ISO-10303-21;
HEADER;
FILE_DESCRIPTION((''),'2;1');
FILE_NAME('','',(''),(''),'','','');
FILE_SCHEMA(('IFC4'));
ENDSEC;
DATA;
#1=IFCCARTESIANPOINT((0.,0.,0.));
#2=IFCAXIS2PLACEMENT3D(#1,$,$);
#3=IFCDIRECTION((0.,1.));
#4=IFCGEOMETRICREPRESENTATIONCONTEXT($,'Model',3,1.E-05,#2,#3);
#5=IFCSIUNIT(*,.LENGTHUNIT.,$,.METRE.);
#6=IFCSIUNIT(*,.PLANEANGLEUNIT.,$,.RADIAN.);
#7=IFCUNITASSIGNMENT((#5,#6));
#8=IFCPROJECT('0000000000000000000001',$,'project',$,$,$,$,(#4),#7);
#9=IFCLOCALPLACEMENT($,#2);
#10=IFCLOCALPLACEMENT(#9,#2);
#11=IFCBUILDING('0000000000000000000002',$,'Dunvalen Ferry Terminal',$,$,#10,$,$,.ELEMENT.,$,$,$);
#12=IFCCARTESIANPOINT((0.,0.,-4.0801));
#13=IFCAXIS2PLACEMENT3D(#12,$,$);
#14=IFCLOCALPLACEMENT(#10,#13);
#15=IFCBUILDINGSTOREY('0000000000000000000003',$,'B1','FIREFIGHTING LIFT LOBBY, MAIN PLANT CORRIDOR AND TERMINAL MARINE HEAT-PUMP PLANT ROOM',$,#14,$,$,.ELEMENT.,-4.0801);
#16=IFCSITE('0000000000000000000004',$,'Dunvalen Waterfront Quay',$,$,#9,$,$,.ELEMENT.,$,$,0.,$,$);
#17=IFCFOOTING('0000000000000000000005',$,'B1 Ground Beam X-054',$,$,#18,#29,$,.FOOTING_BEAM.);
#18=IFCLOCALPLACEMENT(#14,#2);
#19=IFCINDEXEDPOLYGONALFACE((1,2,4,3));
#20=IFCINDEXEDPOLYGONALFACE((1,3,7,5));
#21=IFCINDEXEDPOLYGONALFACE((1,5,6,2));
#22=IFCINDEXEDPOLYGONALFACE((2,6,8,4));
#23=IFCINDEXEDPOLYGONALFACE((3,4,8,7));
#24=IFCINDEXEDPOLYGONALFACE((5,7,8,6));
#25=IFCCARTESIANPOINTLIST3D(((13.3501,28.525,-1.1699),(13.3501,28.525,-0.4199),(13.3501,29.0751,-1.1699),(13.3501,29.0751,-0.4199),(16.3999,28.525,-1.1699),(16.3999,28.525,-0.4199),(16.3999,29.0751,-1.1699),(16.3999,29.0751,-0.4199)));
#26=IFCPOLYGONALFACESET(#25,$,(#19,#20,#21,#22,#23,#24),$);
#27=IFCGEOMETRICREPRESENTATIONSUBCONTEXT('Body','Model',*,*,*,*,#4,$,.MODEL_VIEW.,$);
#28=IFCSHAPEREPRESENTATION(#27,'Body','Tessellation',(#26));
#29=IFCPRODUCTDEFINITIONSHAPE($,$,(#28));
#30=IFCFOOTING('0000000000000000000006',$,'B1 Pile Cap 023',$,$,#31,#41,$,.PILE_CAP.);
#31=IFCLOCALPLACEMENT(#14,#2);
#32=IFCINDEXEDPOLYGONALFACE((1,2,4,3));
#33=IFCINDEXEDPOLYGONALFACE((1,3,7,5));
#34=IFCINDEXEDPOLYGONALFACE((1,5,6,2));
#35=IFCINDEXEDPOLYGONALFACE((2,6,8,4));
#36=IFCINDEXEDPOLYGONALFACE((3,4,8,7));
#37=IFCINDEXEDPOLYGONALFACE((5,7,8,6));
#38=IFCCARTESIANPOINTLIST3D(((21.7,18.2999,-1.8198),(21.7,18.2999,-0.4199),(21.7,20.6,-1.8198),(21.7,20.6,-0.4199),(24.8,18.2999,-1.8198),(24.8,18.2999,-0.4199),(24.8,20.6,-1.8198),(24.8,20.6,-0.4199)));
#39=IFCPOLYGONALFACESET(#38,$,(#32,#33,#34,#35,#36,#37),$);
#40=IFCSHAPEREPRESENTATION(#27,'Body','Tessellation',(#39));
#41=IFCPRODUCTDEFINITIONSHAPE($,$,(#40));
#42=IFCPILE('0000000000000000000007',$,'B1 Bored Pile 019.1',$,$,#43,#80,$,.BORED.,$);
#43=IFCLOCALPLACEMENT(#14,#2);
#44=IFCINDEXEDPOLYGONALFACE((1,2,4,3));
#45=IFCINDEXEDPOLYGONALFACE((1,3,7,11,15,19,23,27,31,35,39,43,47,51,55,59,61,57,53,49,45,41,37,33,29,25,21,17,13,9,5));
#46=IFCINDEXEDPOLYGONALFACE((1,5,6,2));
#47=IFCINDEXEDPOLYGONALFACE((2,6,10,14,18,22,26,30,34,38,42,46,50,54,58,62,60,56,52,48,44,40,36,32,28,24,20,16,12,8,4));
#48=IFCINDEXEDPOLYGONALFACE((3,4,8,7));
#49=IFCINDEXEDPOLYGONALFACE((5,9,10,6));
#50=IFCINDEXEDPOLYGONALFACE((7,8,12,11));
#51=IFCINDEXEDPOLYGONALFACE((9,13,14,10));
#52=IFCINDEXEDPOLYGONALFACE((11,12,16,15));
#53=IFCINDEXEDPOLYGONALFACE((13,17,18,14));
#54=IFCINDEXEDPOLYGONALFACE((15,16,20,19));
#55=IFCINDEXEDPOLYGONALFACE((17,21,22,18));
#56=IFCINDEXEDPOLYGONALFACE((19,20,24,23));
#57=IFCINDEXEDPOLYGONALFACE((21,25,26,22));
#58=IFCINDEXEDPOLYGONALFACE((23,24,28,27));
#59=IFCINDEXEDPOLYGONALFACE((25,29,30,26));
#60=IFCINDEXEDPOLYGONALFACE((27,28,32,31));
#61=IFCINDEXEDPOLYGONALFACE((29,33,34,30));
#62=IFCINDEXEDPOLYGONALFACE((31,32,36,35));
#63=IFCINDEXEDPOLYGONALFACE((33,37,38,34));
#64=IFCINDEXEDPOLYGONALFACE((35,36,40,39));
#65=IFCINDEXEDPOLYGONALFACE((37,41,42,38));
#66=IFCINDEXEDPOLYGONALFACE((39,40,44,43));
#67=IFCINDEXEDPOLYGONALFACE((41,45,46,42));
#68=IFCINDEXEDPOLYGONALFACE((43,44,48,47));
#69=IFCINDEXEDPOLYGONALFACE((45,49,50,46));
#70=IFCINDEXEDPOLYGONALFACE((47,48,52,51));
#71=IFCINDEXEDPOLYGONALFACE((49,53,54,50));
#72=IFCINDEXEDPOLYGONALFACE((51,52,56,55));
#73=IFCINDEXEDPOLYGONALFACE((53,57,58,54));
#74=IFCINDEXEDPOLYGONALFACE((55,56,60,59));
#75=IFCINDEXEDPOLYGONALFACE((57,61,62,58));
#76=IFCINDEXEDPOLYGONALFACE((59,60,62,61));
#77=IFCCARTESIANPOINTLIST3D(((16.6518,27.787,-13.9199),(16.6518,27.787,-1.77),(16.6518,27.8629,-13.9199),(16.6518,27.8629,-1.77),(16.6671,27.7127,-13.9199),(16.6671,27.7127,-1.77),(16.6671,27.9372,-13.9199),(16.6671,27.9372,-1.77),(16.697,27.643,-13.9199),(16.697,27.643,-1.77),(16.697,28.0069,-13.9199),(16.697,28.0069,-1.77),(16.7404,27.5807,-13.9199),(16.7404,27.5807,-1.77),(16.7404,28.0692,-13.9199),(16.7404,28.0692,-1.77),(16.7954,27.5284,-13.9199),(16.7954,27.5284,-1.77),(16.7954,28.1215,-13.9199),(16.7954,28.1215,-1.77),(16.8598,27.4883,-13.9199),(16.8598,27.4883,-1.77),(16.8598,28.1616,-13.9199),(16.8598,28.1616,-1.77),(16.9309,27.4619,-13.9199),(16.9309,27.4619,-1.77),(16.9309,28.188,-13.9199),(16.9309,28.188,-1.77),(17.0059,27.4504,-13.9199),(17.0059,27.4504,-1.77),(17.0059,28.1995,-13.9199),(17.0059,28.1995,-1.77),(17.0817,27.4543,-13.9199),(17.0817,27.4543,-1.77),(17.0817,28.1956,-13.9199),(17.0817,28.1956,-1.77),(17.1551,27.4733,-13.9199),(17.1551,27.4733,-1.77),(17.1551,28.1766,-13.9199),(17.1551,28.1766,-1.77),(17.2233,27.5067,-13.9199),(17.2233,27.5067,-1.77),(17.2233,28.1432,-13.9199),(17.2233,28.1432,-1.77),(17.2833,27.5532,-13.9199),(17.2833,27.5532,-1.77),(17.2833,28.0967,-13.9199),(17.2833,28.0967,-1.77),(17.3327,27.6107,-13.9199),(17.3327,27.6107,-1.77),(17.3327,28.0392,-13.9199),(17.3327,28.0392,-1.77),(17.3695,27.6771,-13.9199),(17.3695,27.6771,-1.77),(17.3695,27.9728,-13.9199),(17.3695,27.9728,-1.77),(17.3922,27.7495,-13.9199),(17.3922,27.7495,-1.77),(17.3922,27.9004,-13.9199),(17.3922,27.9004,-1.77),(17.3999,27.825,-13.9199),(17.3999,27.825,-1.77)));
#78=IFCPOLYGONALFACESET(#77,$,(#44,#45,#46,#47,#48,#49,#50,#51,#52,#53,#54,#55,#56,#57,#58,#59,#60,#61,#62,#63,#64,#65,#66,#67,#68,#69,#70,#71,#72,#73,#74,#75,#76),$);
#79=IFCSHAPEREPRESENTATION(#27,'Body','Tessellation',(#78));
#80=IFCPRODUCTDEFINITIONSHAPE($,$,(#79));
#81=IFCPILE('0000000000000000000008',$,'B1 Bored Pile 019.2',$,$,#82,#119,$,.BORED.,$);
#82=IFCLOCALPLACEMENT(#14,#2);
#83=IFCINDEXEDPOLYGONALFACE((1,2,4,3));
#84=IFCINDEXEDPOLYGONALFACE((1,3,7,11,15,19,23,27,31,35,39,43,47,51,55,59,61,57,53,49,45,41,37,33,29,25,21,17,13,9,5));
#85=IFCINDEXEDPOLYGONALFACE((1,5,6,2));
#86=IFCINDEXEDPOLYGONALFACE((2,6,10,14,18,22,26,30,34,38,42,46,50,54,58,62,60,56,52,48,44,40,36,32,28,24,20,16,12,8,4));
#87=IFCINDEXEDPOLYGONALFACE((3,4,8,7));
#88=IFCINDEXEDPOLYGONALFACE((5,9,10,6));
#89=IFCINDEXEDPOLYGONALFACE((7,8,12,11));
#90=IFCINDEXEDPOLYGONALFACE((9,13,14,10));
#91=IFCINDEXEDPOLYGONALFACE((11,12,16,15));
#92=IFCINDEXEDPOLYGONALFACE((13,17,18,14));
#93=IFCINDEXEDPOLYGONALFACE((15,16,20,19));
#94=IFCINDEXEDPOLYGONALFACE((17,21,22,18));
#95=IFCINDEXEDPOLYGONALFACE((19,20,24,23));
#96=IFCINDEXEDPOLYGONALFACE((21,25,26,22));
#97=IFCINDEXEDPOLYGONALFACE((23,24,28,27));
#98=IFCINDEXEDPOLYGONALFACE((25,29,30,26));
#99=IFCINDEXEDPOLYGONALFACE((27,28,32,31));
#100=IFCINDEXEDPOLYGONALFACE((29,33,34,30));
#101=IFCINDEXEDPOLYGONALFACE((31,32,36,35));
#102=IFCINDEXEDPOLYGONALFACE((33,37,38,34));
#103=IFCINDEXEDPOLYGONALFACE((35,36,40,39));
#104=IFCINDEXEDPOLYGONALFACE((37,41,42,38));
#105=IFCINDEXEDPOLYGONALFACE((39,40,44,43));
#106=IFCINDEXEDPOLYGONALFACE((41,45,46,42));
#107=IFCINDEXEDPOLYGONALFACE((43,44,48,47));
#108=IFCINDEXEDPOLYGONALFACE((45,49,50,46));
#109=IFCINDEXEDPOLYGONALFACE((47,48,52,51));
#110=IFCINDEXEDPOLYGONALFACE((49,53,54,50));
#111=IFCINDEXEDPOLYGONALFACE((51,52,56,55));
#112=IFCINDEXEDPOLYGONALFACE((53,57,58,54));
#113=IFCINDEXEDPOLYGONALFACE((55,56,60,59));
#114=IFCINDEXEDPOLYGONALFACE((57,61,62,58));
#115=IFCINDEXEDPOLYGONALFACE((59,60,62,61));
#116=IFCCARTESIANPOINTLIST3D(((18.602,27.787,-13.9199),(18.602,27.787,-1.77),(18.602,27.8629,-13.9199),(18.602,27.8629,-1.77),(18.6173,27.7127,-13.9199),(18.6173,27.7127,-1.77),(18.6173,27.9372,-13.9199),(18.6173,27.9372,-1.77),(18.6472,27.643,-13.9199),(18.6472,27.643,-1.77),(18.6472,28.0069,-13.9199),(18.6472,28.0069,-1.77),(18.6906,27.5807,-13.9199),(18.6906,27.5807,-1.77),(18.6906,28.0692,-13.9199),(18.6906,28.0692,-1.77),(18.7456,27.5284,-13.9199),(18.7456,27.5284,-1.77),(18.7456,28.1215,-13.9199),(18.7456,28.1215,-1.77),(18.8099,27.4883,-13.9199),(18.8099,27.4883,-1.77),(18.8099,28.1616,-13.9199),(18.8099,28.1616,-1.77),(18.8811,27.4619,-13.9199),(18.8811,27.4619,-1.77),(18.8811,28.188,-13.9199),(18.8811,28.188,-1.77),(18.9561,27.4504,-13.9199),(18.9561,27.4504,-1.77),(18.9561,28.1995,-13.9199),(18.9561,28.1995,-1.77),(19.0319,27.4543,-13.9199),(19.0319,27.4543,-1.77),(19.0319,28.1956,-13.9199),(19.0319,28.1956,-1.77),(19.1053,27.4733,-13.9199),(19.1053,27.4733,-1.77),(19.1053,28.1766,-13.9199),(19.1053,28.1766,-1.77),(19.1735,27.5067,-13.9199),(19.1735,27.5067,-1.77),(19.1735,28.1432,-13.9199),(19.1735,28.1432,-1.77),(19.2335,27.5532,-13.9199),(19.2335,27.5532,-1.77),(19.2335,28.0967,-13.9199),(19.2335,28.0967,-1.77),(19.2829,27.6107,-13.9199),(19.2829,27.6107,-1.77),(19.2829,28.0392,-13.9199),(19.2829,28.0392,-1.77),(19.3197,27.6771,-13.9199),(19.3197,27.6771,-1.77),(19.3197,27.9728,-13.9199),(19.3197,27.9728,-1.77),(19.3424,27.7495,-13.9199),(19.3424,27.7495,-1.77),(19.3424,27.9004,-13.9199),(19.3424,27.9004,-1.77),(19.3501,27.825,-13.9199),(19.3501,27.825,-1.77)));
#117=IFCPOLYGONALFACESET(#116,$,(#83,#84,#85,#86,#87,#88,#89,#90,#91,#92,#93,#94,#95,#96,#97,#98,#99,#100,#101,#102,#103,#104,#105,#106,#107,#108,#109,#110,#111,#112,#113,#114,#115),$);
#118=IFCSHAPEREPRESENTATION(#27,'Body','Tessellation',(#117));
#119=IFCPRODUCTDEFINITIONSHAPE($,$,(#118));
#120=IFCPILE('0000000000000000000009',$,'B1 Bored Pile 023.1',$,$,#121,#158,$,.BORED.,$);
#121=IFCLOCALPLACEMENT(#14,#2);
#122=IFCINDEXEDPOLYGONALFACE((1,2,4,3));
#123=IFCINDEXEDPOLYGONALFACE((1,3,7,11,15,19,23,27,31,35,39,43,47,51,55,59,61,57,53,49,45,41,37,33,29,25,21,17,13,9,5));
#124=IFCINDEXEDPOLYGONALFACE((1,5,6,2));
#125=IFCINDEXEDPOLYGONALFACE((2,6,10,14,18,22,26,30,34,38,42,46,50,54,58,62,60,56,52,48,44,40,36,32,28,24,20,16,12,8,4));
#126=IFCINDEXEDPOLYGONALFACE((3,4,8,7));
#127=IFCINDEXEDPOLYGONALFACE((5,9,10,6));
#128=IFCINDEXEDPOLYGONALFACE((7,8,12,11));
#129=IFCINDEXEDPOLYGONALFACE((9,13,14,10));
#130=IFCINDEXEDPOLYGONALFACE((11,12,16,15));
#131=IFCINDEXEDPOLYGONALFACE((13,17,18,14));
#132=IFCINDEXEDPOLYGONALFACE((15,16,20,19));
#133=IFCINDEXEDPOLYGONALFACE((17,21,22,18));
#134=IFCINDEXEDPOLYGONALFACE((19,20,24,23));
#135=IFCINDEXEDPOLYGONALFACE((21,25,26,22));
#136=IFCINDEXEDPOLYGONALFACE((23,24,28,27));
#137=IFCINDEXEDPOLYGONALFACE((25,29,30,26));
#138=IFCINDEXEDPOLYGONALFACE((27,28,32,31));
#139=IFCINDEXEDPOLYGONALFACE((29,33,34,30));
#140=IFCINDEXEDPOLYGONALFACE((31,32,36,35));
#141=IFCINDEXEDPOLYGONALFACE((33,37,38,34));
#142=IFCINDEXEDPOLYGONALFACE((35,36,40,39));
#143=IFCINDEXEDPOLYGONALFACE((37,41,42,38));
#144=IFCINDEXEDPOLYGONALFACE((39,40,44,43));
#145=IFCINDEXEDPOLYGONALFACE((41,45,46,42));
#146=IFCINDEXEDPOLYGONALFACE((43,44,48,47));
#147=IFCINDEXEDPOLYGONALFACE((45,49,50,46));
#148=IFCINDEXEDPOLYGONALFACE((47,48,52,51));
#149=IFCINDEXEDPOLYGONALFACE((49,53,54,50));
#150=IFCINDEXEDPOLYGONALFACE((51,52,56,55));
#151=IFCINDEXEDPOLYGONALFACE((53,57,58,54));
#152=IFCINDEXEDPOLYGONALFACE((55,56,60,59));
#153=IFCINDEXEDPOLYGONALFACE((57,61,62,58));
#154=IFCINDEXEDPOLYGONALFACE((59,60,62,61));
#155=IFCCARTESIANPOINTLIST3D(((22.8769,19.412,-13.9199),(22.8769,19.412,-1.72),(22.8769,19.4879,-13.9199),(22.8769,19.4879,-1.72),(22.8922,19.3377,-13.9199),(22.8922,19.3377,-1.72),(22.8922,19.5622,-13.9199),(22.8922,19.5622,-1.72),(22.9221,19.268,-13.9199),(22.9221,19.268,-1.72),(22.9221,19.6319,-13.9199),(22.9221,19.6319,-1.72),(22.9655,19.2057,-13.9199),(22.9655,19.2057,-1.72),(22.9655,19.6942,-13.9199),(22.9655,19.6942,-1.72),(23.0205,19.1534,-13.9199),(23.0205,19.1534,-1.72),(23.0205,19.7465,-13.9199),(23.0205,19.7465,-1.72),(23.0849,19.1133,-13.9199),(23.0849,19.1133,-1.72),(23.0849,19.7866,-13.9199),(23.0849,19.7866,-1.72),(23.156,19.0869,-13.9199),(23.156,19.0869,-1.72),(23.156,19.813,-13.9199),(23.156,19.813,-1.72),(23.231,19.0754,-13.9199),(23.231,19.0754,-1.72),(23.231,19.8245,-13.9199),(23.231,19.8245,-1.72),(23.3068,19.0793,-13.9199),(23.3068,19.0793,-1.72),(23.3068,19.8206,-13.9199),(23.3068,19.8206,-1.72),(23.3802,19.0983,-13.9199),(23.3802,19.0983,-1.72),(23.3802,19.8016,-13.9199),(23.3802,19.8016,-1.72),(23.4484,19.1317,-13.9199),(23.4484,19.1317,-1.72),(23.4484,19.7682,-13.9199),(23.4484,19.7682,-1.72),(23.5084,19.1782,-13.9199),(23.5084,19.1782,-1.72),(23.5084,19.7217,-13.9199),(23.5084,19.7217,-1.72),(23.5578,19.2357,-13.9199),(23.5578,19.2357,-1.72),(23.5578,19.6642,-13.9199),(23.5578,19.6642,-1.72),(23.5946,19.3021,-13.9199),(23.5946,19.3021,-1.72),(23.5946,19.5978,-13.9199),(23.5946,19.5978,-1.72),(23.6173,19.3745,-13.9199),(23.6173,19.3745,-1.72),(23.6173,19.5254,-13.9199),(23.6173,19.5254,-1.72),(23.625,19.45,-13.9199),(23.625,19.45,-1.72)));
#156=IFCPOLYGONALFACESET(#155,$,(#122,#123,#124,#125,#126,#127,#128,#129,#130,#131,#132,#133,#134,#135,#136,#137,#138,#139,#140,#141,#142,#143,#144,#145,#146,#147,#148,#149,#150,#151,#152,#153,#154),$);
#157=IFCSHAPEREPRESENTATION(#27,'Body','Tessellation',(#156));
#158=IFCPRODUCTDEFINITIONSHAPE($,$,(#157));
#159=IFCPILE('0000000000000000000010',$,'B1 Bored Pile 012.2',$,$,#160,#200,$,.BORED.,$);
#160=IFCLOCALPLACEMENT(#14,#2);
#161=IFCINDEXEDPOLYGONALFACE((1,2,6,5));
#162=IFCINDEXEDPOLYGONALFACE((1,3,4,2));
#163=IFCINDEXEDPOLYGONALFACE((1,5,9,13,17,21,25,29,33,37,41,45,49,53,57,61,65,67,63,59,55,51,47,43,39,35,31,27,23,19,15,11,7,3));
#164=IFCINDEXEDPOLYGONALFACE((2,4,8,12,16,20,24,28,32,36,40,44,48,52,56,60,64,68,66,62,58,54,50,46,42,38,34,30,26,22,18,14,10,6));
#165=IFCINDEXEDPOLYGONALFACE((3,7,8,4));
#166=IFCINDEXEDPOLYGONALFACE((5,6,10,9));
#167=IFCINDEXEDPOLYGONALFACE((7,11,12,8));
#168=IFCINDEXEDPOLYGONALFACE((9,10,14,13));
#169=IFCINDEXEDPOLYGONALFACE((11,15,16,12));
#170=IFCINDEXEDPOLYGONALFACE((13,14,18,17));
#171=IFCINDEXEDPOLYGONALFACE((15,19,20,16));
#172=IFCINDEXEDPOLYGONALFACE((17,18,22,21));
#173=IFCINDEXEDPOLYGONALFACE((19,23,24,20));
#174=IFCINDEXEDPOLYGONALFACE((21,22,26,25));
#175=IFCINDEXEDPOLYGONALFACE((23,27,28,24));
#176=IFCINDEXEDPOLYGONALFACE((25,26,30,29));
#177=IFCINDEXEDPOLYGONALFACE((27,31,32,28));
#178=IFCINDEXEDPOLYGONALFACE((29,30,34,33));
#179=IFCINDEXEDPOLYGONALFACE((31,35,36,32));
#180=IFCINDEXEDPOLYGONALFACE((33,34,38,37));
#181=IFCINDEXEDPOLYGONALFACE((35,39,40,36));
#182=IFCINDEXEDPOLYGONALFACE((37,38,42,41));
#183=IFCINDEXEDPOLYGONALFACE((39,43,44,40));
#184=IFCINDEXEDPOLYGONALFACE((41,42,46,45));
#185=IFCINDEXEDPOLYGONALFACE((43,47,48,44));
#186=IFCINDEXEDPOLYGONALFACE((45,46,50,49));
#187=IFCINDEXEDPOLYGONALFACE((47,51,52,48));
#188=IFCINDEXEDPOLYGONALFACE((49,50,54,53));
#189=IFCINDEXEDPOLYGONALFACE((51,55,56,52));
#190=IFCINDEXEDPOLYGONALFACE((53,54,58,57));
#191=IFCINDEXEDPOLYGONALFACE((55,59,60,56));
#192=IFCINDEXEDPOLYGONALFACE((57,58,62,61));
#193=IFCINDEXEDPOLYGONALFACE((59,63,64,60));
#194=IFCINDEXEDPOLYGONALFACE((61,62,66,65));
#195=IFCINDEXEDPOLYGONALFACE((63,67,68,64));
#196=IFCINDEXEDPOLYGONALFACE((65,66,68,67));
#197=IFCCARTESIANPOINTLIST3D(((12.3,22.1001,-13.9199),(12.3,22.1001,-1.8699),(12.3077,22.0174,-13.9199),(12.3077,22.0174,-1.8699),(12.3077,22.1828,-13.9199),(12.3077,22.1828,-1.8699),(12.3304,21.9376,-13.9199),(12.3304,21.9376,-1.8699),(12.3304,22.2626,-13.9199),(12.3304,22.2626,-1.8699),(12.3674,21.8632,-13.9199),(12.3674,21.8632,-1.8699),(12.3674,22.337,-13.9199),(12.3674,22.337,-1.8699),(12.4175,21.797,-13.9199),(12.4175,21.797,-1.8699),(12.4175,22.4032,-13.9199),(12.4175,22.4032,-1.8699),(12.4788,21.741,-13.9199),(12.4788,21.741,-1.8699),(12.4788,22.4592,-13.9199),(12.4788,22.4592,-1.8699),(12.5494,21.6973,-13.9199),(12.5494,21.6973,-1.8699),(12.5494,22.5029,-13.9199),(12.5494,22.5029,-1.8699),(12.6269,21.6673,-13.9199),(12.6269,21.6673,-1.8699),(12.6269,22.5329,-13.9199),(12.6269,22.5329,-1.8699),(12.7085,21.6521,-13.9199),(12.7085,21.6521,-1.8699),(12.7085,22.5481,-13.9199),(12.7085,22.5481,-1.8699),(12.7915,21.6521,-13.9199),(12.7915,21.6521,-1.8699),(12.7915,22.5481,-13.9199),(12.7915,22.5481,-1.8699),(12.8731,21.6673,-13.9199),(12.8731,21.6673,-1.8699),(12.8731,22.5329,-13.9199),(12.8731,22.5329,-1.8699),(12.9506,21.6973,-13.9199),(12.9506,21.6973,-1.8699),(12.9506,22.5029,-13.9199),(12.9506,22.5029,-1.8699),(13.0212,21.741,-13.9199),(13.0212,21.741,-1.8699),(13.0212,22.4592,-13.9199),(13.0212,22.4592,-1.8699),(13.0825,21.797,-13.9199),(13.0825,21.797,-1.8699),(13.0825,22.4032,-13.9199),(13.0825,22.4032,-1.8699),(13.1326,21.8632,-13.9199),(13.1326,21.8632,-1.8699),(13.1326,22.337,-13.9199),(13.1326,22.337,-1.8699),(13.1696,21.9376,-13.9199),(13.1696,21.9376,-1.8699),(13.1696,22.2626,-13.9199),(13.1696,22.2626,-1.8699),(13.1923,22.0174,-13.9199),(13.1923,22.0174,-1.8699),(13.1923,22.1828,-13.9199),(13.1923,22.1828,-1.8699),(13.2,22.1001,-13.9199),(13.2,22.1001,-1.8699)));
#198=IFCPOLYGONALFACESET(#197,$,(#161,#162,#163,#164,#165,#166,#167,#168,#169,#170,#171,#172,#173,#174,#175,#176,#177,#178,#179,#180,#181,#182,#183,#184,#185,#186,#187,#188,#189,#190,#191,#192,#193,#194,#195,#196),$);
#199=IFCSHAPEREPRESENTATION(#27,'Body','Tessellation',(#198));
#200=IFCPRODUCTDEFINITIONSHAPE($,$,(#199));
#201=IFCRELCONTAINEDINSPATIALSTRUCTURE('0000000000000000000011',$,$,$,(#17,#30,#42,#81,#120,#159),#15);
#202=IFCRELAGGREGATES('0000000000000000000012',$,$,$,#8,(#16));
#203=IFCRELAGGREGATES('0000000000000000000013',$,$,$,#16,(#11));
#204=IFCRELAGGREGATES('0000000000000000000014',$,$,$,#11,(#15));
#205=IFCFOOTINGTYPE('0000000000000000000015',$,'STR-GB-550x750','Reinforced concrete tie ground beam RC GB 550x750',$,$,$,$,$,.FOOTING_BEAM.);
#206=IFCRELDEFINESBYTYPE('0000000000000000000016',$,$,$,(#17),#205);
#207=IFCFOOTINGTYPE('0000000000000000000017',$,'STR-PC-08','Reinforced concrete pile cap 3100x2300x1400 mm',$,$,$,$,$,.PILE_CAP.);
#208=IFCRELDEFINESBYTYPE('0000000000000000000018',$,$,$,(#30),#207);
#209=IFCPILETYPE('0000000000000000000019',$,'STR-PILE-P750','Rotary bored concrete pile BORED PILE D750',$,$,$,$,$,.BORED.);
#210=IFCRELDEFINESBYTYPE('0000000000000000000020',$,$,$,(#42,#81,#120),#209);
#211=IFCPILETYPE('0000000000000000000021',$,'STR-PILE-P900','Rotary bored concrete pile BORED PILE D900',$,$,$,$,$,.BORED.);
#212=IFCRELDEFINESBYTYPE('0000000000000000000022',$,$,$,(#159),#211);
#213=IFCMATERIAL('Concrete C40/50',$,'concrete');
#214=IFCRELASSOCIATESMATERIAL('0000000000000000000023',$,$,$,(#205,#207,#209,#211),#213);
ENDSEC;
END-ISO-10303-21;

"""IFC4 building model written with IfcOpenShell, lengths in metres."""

from ifc_helpers import new_model, si_unit, direction, frame, origin, origin_2d, place, context, subcontext, project, spatial, rectangle, circle, extrude, material, material_profile, profile_set, type_object, element, save


model = new_model("IFC4")

# Units and contexts
model_context = context("Model", 3, precision=1e-05, world=origin(), true_north=direction((0.0, 1.0)))
body_context = subcontext(model_context, "Body", "Model", "MODEL_VIEW")
ifc_project = project(units=[si_unit("LENGTHUNIT", "METRE"), si_unit("PLANEANGLEUNIT", "RADIAN")], contexts=[model_context])

# Site, building, storey
site_placement = place(None, origin())
site = spatial("IfcSite", under=ifc_project, at=site_placement, Name="Dunvalen Waterfront Quay", CompositionType="ELEMENT", RefElevation=0.0)
building_placement = place(site_placement, origin())
building = spatial("IfcBuilding", under=site, at=building_placement, Name="Dunvalen Ferry Terminal", CompositionType="ELEMENT")
storey_placement = place(building_placement, frame((0.0, 0.0, -4.0801)))
storey = spatial("IfcBuildingStorey", under=building, at=storey_placement, Name="B1", Description="FIREFIGHTING LIFT LOBBY, MAIN PLANT CORRIDOR AND TERMINAL MARINE HEAT-PUMP PLANT ROOM", CompositionType="ELEMENT", Elevation=-4.0801)

# Footings
ifc_material_1 = material(Name="Concrete C40/50", Category="concrete")
ifc_material_profile_1 = material_profile(ifc_material_1, rectangle(XDim=0.55, YDim=0.75, at=origin_2d()), Name="Concrete C40/50")
ifc_profile_set_1 = profile_set([ifc_material_profile_1], Name="Concrete C40/50")
footing_type_1 = type_object("IfcFootingType", Name="STR-GB-550x750", Description="Reinforced concrete tie ground beam RC GB 550x750", PredefinedType="FOOTING_BEAM", material=ifc_profile_set_1)
footing_1_placement = place(storey_placement, frame((13.3501, 28.8, -0.7949), z_axis=(1.0, 0.0, 0.0), x_axis=(0.0, 1.0, 0.0)))
element("IfcFooting", 1, at=footing_1_placement, inside=storey, type_object=footing_type_1, Name="B1 Ground Beam X-054", PredefinedType="FOOTING_BEAM", context=body_context, shape_type="SweptSolid", body=[
    extrude(rectangle(XDim=0.55, YDim=0.75, at=origin_2d()), origin(), (0.0, 0.0, 1.0), 3.0498),
])
footing_type_2 = type_object("IfcFootingType", Name="STR-PC-08", Description="Reinforced concrete pile cap 3100x2300x1400 mm", PredefinedType="PILE_CAP", material=ifc_material_1)
footing_2_placement = place(storey_placement, frame((23.25, 19.45, -1.8198), z_axis=(0.0, 0.0, 1.0), x_axis=(1.0, 0.0, 0.0)))
element("IfcFooting", 2, at=footing_2_placement, inside=storey, type_object=footing_type_2, Name="B1 Pile Cap 023", PredefinedType="PILE_CAP", context=body_context, shape_type="SweptSolid", body=[
    extrude(rectangle(XDim=3.1001, YDim=2.3, at=origin_2d()), origin(), (0.0, 0.0, 1.0), 1.3999),
])

# Piles
ifc_material_profile_2 = material_profile(ifc_material_1, circle(Radius=0.375, at=origin_2d()), Name="Concrete C40/50")
ifc_profile_set_2 = profile_set([ifc_material_profile_2], Name="Concrete C40/50")
pile_type_1 = type_object("IfcPileType", Name="STR-PILE-P750", Description="Rotary bored concrete pile BORED PILE D750", PredefinedType="BORED", material=ifc_profile_set_2)
for number, where, z_axis, x_axis, name in (
    (3, (17.0249, 27.825, -1.77), (0.0, 0.0, -1.0), (1.0, 0.0, 0.0), "B1 Bored Pile 019.1"),
    (4, (18.9751, 27.825, -1.77), (0.0, 0.0, -1.0), (1.0, 0.0, 0.0), "B1 Bored Pile 019.2"),
):
    element("IfcPile", number, at=place(storey_placement, frame(where, z_axis=z_axis, x_axis=x_axis)), inside=storey, type_object=pile_type_1, Name=name, PredefinedType="BORED", context=body_context, shape_type="SweptSolid", body=[
        extrude(circle(Radius=0.375, at=origin_2d()), origin(), (0.0, 0.0, 1.0), 12.1499),
    ])
pile_1_placement = place(storey_placement, frame((23.25, 19.45, -1.72), z_axis=(0.0, 0.0, -1.0), x_axis=(1.0, 0.0, 0.0)))
element("IfcPile", 5, at=pile_1_placement, inside=storey, type_object=pile_type_1, Name="B1 Bored Pile 023.1", PredefinedType="BORED", context=body_context, shape_type="SweptSolid", body=[
    extrude(circle(Radius=0.375, at=origin_2d()), origin(), (0.0, 0.0, 1.0), 12.2),
])
ifc_material_profile_3 = material_profile(ifc_material_1, circle(Radius=0.45, at=origin_2d()), Name="Concrete C40/50")
ifc_profile_set_3 = profile_set([ifc_material_profile_3], Name="Concrete C40/50")
pile_type_2 = type_object("IfcPileType", Name="STR-PILE-P900", Description="Rotary bored concrete pile BORED PILE D900", PredefinedType="BORED", material=ifc_profile_set_3)
pile_2_placement = place(storey_placement, frame((12.75, 22.1001, -1.8699), z_axis=(0.0, 0.0, -1.0), x_axis=(1.0, 0.0, 0.0)))
element("IfcPile", 6, at=pile_2_placement, inside=storey, type_object=pile_type_2, Name="B1 Bored Pile 012.2", PredefinedType="BORED", context=body_context, shape_type="SweptSolid", body=[
    extrude(circle(Radius=0.45, at=origin_2d()), origin(), (0.0, 0.0, 1.0), 12.05),
])

save(model, "model.ifc")
